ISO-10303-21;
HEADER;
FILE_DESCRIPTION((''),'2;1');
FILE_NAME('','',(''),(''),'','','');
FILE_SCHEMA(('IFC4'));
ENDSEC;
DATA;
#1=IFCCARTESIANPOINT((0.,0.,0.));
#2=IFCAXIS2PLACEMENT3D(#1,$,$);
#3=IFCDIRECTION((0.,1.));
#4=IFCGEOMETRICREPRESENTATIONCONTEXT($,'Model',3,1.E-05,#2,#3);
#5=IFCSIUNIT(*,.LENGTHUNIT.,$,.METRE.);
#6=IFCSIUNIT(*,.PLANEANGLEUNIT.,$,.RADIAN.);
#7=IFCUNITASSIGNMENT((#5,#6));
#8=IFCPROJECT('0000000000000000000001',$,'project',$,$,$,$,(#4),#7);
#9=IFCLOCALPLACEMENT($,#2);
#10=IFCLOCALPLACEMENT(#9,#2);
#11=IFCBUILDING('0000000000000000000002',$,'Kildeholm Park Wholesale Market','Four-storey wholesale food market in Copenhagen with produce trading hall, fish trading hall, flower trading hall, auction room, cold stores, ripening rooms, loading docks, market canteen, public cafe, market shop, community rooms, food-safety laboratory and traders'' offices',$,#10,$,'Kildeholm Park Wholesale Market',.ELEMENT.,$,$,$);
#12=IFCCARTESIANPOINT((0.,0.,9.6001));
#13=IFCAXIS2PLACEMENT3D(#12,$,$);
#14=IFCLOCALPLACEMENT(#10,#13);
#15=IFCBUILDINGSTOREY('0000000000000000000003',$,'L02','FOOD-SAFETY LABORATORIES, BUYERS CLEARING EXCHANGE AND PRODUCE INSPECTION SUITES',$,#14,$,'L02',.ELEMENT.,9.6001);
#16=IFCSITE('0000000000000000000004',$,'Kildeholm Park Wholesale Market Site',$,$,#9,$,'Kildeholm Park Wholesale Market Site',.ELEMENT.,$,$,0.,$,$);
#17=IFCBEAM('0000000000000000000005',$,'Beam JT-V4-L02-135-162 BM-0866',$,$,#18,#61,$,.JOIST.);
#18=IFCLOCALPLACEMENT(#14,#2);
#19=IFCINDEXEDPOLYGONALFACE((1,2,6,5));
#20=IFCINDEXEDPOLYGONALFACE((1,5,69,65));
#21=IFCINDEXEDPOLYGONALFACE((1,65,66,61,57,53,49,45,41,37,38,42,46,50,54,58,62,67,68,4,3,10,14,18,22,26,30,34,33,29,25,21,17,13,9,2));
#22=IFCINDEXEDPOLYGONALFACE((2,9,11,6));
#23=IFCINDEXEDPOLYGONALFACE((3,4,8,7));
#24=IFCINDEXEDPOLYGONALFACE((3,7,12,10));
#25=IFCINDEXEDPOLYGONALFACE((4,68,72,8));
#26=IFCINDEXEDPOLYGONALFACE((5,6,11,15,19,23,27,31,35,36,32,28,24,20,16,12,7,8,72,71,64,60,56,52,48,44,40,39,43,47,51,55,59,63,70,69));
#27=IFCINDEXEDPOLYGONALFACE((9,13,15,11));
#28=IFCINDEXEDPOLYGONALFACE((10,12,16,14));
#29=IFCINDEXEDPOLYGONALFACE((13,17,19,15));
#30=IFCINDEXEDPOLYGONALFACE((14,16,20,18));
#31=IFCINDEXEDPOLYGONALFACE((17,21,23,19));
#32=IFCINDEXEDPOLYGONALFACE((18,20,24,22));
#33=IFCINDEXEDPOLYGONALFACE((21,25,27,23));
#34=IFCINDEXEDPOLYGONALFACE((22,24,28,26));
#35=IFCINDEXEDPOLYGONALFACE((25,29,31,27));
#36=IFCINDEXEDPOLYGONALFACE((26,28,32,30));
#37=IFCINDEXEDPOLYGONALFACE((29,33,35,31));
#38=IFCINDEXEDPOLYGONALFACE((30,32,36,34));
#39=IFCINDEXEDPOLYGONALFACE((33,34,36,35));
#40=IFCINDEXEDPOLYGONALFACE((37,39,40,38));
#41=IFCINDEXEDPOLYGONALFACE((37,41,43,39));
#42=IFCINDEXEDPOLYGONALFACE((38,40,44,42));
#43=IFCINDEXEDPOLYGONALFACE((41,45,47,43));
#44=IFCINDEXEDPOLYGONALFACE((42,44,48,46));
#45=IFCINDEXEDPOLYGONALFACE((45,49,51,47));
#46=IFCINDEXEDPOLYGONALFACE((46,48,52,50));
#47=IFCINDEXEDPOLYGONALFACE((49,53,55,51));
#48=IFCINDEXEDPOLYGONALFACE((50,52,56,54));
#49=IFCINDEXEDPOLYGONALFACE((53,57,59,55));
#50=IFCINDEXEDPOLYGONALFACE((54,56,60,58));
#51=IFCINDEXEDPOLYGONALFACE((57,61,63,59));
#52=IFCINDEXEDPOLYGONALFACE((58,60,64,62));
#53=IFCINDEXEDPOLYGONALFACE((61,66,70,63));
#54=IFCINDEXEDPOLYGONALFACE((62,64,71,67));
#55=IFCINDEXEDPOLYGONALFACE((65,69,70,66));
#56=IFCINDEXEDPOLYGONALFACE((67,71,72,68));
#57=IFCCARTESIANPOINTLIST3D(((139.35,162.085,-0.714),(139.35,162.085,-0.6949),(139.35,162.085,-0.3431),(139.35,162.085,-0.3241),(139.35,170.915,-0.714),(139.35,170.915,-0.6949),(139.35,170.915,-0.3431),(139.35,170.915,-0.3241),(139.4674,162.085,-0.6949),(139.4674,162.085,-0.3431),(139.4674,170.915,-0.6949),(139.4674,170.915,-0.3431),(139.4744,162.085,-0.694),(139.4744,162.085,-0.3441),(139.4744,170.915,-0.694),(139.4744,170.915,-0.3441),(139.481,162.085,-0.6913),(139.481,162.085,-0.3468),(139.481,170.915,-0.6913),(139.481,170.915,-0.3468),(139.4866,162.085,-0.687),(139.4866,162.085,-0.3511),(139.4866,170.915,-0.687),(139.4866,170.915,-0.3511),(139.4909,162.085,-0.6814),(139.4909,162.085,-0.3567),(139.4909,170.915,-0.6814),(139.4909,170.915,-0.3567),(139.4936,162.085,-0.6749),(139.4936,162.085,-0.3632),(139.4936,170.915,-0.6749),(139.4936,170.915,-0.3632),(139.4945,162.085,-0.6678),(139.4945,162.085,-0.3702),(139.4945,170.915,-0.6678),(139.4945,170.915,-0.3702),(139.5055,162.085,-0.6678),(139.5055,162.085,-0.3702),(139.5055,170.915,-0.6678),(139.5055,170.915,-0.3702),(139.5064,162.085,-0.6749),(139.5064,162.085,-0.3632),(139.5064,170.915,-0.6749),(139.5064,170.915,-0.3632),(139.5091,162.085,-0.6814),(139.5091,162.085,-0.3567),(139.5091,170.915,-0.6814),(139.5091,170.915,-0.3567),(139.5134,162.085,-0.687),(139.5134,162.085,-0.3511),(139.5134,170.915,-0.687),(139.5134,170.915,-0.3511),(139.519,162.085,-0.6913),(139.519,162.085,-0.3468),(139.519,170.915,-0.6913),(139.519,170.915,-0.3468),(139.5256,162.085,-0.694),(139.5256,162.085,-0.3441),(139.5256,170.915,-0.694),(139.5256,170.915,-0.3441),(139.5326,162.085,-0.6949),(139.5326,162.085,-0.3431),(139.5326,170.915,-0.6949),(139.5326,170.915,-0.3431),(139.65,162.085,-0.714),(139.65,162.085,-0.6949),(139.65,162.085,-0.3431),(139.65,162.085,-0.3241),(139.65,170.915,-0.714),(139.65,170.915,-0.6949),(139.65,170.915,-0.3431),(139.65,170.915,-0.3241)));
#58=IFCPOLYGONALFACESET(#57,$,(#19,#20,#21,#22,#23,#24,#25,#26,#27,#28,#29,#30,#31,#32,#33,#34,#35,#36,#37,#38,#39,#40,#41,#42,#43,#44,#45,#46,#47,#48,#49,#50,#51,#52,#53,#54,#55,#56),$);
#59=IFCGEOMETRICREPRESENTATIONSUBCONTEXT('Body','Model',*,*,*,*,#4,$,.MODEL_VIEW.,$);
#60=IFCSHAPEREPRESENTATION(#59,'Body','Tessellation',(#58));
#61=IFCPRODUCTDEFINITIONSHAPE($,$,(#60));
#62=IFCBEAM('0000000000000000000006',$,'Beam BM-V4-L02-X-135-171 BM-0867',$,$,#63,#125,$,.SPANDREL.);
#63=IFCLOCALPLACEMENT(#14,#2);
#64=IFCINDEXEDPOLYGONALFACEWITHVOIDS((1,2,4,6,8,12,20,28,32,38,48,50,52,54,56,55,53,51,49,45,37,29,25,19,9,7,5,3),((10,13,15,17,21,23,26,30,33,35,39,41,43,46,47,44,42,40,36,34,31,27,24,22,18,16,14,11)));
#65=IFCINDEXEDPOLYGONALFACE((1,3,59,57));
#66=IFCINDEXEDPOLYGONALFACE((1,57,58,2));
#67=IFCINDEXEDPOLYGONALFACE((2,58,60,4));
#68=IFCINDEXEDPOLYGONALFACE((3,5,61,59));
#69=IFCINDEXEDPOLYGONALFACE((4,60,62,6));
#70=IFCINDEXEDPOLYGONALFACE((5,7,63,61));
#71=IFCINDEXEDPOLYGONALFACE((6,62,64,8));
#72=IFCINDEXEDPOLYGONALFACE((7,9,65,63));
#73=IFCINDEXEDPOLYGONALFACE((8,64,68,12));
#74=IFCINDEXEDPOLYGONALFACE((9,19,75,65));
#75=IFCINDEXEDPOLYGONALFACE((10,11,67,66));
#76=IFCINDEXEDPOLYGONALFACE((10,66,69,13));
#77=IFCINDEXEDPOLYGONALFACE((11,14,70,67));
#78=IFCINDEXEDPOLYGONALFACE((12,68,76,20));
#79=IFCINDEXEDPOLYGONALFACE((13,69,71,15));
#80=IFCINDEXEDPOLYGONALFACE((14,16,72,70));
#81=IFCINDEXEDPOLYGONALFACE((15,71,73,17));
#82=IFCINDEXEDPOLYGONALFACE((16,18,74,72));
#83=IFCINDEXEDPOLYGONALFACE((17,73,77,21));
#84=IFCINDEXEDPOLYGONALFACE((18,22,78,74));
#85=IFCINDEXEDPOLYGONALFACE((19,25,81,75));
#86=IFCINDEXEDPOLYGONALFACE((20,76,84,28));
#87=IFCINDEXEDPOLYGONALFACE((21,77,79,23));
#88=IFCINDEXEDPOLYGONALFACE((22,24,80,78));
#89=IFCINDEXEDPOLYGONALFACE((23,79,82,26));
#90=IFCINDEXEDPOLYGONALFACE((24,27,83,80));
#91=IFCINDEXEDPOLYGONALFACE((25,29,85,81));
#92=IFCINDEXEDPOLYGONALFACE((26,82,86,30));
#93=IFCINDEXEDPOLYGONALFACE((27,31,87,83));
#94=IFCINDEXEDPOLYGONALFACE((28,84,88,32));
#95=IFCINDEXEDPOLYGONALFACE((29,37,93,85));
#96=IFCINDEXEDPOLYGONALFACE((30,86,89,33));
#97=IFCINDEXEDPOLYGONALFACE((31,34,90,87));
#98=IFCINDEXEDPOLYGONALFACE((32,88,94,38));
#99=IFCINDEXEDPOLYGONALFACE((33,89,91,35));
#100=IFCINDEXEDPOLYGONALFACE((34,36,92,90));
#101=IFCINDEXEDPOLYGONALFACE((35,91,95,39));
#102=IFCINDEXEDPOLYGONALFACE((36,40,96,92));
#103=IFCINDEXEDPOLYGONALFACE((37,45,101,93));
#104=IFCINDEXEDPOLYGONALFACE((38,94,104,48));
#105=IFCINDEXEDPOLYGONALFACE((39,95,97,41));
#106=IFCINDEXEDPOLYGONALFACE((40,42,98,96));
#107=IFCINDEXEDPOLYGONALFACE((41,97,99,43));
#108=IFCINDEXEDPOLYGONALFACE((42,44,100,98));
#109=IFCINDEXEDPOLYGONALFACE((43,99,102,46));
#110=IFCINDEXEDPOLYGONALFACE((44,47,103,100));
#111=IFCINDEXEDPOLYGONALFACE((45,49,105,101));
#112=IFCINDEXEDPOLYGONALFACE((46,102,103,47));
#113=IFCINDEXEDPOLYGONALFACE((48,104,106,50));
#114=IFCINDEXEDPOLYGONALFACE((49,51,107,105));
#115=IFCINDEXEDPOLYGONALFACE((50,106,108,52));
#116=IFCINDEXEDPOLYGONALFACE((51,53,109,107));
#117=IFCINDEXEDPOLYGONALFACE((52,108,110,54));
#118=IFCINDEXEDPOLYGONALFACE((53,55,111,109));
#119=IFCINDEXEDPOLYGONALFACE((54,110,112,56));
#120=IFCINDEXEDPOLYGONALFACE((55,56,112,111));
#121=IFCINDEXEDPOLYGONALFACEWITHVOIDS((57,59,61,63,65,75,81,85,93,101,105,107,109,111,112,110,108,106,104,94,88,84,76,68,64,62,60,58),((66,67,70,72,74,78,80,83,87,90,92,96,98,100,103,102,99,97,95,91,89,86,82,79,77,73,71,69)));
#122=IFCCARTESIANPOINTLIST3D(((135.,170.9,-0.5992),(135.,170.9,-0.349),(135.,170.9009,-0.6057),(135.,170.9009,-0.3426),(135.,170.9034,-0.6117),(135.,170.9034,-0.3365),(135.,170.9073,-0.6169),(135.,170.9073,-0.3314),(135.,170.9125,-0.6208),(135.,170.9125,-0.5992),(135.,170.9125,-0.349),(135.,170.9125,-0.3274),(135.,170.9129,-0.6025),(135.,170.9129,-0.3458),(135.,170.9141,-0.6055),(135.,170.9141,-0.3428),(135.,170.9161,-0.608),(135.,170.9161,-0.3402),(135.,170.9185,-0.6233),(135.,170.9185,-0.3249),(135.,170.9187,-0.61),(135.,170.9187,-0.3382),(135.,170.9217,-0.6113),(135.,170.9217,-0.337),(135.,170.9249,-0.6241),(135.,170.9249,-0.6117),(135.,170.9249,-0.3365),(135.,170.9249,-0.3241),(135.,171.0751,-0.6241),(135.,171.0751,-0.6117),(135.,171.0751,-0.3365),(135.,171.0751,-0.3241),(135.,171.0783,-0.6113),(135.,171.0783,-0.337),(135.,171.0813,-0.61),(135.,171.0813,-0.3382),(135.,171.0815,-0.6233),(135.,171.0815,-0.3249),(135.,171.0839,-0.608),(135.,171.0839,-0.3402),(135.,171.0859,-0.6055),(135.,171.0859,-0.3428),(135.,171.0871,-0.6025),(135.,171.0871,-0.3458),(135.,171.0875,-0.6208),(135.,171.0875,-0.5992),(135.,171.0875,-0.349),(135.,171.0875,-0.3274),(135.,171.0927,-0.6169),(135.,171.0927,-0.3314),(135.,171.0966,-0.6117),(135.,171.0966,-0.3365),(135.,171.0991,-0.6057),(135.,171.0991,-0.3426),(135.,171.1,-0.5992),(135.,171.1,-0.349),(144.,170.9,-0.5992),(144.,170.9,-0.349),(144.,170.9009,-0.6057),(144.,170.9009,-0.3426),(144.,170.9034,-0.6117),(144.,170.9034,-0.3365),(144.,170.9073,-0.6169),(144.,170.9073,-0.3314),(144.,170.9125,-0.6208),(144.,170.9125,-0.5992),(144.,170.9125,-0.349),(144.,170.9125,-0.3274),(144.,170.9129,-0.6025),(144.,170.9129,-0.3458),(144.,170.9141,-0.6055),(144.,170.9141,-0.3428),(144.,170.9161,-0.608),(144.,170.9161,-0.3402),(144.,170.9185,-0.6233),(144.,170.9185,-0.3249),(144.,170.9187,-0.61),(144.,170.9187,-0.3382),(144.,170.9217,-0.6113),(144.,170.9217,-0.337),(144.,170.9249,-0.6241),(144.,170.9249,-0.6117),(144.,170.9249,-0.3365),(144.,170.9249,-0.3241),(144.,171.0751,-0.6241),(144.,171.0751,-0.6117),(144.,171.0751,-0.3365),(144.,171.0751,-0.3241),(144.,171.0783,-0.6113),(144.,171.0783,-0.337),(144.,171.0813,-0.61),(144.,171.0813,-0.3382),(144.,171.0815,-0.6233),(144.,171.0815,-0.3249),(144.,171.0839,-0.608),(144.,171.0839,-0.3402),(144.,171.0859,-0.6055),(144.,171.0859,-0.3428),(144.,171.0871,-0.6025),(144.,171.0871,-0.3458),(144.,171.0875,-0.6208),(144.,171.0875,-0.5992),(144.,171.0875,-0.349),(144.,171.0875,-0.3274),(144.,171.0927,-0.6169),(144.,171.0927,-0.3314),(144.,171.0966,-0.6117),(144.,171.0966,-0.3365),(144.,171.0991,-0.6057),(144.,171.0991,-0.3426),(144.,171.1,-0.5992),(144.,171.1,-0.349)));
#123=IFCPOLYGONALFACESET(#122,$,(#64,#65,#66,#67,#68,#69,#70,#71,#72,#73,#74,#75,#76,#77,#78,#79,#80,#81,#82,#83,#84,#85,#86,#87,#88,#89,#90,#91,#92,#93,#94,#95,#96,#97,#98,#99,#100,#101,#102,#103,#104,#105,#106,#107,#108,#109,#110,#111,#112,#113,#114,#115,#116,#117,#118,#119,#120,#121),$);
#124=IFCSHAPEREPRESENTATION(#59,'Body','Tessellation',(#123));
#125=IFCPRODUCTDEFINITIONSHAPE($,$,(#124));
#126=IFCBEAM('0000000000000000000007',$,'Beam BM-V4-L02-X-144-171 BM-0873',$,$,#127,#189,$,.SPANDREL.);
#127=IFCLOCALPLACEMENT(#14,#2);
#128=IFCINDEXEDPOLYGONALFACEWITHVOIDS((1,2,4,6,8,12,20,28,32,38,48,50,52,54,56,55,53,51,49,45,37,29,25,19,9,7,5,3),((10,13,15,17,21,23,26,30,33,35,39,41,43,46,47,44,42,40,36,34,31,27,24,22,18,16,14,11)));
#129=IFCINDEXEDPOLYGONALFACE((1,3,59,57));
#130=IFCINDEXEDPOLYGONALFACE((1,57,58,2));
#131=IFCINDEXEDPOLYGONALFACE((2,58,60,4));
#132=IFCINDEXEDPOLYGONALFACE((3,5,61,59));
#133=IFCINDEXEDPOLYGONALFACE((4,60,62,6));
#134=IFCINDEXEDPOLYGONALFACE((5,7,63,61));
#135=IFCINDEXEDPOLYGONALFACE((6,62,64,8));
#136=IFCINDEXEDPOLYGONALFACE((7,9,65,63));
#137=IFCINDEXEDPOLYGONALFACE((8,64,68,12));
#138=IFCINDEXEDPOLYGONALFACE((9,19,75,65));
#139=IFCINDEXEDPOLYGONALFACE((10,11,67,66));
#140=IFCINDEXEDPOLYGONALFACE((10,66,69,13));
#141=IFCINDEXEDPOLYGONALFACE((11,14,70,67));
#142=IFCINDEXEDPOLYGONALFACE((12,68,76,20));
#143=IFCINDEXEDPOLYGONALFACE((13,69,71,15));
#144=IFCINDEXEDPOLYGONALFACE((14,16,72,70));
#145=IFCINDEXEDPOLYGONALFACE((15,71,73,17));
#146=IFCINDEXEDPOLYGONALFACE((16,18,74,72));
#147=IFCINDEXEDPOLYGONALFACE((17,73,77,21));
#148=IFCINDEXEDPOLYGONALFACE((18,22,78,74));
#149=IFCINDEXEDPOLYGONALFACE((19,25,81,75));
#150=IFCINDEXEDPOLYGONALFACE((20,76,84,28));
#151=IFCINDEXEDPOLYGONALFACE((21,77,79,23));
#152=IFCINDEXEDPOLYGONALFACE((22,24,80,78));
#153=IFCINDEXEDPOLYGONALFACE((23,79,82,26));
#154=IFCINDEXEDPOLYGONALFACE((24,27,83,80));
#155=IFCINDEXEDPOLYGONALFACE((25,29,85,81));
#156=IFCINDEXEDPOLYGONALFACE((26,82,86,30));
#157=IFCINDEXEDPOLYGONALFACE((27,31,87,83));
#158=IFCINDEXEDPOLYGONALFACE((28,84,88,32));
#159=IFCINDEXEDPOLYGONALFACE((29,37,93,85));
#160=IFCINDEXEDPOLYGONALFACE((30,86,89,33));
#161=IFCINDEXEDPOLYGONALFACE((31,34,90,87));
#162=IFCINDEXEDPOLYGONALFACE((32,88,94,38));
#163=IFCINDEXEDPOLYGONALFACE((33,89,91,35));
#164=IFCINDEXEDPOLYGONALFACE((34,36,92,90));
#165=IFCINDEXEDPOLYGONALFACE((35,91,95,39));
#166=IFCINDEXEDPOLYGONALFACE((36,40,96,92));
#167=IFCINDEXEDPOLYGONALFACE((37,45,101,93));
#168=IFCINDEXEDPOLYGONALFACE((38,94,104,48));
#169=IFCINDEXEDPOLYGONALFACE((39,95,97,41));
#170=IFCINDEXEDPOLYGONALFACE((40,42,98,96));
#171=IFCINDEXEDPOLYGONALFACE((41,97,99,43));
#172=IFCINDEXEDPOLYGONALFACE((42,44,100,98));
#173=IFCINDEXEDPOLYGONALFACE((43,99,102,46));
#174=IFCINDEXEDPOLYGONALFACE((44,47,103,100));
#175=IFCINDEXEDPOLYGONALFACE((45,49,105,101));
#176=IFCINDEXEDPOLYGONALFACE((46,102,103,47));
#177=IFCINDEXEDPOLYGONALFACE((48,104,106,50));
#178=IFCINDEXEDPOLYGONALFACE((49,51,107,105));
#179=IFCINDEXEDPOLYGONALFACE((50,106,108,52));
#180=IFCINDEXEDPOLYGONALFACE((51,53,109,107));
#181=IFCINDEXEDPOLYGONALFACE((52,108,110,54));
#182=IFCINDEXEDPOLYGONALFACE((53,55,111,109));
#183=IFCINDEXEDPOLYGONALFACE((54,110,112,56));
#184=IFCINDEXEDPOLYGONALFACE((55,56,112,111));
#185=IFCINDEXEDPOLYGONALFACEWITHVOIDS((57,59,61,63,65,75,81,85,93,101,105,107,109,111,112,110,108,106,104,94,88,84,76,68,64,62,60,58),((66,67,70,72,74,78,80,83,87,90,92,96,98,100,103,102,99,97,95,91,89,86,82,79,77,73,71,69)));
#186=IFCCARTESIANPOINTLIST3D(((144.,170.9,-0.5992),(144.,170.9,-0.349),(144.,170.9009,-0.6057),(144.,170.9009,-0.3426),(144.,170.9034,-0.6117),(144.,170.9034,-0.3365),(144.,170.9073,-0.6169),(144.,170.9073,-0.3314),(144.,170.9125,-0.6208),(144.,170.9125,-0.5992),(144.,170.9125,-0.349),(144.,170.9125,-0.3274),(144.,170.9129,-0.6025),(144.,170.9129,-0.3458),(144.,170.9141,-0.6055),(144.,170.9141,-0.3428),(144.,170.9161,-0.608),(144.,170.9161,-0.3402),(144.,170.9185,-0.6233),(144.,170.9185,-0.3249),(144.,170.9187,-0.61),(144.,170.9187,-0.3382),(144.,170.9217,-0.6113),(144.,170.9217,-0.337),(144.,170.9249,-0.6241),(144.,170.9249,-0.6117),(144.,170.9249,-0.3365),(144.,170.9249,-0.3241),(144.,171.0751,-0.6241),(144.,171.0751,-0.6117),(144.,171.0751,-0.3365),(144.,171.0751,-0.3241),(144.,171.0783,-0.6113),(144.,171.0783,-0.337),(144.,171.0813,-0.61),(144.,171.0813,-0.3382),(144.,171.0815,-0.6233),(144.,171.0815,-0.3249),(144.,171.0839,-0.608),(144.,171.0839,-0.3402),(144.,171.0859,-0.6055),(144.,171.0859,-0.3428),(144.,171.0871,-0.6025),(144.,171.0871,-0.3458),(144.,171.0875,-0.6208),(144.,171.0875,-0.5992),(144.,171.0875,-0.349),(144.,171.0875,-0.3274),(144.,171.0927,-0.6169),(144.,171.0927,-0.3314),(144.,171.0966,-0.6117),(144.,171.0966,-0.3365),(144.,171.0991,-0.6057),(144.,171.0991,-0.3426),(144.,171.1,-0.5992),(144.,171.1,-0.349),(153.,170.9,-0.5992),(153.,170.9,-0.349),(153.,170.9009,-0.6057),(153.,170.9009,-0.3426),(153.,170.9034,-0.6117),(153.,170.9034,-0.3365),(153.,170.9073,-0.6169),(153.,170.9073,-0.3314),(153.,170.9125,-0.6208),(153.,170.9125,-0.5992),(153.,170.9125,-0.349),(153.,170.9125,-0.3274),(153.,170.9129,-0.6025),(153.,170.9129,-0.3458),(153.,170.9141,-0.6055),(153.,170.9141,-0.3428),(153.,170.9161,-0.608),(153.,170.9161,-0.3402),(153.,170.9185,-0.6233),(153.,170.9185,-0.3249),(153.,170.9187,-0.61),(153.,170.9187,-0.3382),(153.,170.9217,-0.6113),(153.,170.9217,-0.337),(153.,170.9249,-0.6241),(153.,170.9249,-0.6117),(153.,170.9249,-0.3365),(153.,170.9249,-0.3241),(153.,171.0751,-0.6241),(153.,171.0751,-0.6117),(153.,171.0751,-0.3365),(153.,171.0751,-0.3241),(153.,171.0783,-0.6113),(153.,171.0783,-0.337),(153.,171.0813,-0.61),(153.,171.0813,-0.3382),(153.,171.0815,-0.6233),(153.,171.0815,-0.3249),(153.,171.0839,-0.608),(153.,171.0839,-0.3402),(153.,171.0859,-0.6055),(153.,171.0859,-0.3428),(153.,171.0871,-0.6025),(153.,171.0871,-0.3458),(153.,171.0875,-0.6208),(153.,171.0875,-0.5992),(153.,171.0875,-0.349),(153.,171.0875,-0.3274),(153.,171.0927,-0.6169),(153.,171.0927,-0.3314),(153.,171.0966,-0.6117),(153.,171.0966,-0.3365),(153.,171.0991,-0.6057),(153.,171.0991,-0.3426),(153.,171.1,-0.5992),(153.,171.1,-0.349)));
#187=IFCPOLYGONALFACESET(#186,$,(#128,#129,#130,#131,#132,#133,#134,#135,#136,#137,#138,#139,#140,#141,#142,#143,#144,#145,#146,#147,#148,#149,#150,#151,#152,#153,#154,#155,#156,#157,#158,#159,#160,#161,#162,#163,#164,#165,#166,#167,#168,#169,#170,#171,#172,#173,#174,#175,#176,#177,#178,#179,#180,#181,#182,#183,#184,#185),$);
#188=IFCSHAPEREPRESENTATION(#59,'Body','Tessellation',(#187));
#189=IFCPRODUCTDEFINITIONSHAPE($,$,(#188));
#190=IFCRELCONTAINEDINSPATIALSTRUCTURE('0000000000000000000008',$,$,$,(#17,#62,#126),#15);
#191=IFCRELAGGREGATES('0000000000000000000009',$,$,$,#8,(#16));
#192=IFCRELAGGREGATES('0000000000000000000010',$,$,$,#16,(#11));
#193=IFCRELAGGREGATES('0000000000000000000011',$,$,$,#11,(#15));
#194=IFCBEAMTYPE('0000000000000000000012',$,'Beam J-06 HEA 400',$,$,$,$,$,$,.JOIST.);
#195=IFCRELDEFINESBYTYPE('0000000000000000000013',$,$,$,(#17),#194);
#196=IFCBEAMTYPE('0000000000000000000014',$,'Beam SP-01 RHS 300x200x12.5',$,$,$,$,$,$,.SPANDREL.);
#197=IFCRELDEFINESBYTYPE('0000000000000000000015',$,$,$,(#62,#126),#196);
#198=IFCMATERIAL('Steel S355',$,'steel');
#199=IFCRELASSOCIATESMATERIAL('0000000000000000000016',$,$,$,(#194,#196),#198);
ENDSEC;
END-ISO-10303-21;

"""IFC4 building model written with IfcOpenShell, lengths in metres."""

from ifc_helpers import new_model, si_unit, direction, frame, origin, origin_2d, place, context, subcontext, project, spatial, hollow_rectangle, i_section, extrude, material, material_profile, profile_set, type_object, element, save


model = new_model("IFC4")

# Units and contexts
model_context = context("Model", 3, precision=1e-05, world=origin(), true_north=direction((0.0, 1.0)))
body_context = subcontext(model_context, "Body", "Model", "MODEL_VIEW")
ifc_project = project(units=[si_unit("LENGTHUNIT", "METRE"), si_unit("PLANEANGLEUNIT", "RADIAN")], contexts=[model_context])

# Site, building, storey
site_placement = place(None, origin())
site = spatial("IfcSite", under=ifc_project, at=site_placement, Name="Kildeholm Park Wholesale Market Site", LongName="Kildeholm Park Wholesale Market Site", CompositionType="ELEMENT", RefElevation=0.0)
building_placement = place(site_placement, origin())
building = spatial("IfcBuilding", under=site, at=building_placement, Name="Kildeholm Park Wholesale Market", Description="Four-storey wholesale food market in Copenhagen with produce trading hall, fish trading hall, flower trading hall, auction room, cold stores, ripening rooms, loading docks, market canteen, public cafe, market shop, community rooms, food-safety laboratory and traders' offices", LongName="Kildeholm Park Wholesale Market", CompositionType="ELEMENT")
storey_placement = place(building_placement, frame((0.0, 0.0, 9.6001)))
storey = spatial("IfcBuildingStorey", under=building, at=storey_placement, Name="L02", Description="FOOD-SAFETY LABORATORIES, BUYERS CLEARING EXCHANGE AND PRODUCE INSPECTION SUITES", LongName="L02", CompositionType="ELEMENT", Elevation=9.6001)

# Beams
ifc_material_1 = material(Name="Steel S355", Category="steel")
ifc_material_profile_1 = material_profile(ifc_material_1, i_section(OverallWidth=0.3, OverallDepth=0.3899, WebThickness=0.011, FlangeThickness=0.019, FilletRadius=0.0271, at=origin_2d()), Name="HEA 400")
ifc_profile_set_1 = profile_set([ifc_material_profile_1], Name="Steel S355")
beam_type_1 = type_object("IfcBeamType", Name="Beam J-06 HEA 400", PredefinedType="JOIST", material=ifc_profile_set_1)
beam_1_placement = place(storey_placement, frame((139.5, 162.085, -0.519), z_axis=(0.0, 1.0, 0.0), x_axis=(-1.0, 0.0, 0.0)))
element("IfcBeam", 1, at=beam_1_placement, inside=storey, type_object=beam_type_1, Name="Beam JT-V4-L02-135-162 BM-0866", PredefinedType="JOIST", context=body_context, shape_type="SweptSolid", body=[
    extrude(i_section(OverallWidth=0.3, OverallDepth=0.3899, WebThickness=0.011, FlangeThickness=0.019, FilletRadius=0.0271, at=origin_2d()), origin(), (0.0, 0.0, 1.0), 8.8301),
])
ifc_material_profile_2 = material_profile(ifc_material_1, hollow_rectangle(XDim=0.2, YDim=0.3, WallThickness=0.0125, InnerFilletRadius=0.0125, OuterFilletRadius=0.0249, at=origin_2d()), Name="RHS 300x200x12.5")
ifc_profile_set_2 = profile_set([ifc_material_profile_2], Name="Steel S355")
beam_type_2 = type_object("IfcBeamType", Name="Beam SP-01 RHS 300x200x12.5", PredefinedType="SPANDREL", material=ifc_profile_set_2)
for number, where, z_axis, x_axis, name in (
    (2, (135.0, 171.0, -0.4741), (1.0, 0.0, 0.0), (0.0, 1.0, 0.0), "Beam BM-V4-L02-X-135-171 BM-0867"),
    (3, (144.0, 171.0, -0.4741), (1.0, 0.0, 0.0), (0.0, 1.0, 0.0), "Beam BM-V4-L02-X-144-171 BM-0873"),
):
    element("IfcBeam", number, at=place(storey_placement, frame(where, z_axis=z_axis, x_axis=x_axis)), inside=storey, type_object=beam_type_2, Name=name, PredefinedType="SPANDREL", context=body_context, shape_type="SweptSolid", body=[
        extrude(hollow_rectangle(XDim=0.2, YDim=0.3, WallThickness=0.0125, InnerFilletRadius=0.0125, OuterFilletRadius=0.0249, at=origin_2d()), origin(), (0.0, 0.0, 1.0), 9.0),
    ])

save(model, "model.ifc")
